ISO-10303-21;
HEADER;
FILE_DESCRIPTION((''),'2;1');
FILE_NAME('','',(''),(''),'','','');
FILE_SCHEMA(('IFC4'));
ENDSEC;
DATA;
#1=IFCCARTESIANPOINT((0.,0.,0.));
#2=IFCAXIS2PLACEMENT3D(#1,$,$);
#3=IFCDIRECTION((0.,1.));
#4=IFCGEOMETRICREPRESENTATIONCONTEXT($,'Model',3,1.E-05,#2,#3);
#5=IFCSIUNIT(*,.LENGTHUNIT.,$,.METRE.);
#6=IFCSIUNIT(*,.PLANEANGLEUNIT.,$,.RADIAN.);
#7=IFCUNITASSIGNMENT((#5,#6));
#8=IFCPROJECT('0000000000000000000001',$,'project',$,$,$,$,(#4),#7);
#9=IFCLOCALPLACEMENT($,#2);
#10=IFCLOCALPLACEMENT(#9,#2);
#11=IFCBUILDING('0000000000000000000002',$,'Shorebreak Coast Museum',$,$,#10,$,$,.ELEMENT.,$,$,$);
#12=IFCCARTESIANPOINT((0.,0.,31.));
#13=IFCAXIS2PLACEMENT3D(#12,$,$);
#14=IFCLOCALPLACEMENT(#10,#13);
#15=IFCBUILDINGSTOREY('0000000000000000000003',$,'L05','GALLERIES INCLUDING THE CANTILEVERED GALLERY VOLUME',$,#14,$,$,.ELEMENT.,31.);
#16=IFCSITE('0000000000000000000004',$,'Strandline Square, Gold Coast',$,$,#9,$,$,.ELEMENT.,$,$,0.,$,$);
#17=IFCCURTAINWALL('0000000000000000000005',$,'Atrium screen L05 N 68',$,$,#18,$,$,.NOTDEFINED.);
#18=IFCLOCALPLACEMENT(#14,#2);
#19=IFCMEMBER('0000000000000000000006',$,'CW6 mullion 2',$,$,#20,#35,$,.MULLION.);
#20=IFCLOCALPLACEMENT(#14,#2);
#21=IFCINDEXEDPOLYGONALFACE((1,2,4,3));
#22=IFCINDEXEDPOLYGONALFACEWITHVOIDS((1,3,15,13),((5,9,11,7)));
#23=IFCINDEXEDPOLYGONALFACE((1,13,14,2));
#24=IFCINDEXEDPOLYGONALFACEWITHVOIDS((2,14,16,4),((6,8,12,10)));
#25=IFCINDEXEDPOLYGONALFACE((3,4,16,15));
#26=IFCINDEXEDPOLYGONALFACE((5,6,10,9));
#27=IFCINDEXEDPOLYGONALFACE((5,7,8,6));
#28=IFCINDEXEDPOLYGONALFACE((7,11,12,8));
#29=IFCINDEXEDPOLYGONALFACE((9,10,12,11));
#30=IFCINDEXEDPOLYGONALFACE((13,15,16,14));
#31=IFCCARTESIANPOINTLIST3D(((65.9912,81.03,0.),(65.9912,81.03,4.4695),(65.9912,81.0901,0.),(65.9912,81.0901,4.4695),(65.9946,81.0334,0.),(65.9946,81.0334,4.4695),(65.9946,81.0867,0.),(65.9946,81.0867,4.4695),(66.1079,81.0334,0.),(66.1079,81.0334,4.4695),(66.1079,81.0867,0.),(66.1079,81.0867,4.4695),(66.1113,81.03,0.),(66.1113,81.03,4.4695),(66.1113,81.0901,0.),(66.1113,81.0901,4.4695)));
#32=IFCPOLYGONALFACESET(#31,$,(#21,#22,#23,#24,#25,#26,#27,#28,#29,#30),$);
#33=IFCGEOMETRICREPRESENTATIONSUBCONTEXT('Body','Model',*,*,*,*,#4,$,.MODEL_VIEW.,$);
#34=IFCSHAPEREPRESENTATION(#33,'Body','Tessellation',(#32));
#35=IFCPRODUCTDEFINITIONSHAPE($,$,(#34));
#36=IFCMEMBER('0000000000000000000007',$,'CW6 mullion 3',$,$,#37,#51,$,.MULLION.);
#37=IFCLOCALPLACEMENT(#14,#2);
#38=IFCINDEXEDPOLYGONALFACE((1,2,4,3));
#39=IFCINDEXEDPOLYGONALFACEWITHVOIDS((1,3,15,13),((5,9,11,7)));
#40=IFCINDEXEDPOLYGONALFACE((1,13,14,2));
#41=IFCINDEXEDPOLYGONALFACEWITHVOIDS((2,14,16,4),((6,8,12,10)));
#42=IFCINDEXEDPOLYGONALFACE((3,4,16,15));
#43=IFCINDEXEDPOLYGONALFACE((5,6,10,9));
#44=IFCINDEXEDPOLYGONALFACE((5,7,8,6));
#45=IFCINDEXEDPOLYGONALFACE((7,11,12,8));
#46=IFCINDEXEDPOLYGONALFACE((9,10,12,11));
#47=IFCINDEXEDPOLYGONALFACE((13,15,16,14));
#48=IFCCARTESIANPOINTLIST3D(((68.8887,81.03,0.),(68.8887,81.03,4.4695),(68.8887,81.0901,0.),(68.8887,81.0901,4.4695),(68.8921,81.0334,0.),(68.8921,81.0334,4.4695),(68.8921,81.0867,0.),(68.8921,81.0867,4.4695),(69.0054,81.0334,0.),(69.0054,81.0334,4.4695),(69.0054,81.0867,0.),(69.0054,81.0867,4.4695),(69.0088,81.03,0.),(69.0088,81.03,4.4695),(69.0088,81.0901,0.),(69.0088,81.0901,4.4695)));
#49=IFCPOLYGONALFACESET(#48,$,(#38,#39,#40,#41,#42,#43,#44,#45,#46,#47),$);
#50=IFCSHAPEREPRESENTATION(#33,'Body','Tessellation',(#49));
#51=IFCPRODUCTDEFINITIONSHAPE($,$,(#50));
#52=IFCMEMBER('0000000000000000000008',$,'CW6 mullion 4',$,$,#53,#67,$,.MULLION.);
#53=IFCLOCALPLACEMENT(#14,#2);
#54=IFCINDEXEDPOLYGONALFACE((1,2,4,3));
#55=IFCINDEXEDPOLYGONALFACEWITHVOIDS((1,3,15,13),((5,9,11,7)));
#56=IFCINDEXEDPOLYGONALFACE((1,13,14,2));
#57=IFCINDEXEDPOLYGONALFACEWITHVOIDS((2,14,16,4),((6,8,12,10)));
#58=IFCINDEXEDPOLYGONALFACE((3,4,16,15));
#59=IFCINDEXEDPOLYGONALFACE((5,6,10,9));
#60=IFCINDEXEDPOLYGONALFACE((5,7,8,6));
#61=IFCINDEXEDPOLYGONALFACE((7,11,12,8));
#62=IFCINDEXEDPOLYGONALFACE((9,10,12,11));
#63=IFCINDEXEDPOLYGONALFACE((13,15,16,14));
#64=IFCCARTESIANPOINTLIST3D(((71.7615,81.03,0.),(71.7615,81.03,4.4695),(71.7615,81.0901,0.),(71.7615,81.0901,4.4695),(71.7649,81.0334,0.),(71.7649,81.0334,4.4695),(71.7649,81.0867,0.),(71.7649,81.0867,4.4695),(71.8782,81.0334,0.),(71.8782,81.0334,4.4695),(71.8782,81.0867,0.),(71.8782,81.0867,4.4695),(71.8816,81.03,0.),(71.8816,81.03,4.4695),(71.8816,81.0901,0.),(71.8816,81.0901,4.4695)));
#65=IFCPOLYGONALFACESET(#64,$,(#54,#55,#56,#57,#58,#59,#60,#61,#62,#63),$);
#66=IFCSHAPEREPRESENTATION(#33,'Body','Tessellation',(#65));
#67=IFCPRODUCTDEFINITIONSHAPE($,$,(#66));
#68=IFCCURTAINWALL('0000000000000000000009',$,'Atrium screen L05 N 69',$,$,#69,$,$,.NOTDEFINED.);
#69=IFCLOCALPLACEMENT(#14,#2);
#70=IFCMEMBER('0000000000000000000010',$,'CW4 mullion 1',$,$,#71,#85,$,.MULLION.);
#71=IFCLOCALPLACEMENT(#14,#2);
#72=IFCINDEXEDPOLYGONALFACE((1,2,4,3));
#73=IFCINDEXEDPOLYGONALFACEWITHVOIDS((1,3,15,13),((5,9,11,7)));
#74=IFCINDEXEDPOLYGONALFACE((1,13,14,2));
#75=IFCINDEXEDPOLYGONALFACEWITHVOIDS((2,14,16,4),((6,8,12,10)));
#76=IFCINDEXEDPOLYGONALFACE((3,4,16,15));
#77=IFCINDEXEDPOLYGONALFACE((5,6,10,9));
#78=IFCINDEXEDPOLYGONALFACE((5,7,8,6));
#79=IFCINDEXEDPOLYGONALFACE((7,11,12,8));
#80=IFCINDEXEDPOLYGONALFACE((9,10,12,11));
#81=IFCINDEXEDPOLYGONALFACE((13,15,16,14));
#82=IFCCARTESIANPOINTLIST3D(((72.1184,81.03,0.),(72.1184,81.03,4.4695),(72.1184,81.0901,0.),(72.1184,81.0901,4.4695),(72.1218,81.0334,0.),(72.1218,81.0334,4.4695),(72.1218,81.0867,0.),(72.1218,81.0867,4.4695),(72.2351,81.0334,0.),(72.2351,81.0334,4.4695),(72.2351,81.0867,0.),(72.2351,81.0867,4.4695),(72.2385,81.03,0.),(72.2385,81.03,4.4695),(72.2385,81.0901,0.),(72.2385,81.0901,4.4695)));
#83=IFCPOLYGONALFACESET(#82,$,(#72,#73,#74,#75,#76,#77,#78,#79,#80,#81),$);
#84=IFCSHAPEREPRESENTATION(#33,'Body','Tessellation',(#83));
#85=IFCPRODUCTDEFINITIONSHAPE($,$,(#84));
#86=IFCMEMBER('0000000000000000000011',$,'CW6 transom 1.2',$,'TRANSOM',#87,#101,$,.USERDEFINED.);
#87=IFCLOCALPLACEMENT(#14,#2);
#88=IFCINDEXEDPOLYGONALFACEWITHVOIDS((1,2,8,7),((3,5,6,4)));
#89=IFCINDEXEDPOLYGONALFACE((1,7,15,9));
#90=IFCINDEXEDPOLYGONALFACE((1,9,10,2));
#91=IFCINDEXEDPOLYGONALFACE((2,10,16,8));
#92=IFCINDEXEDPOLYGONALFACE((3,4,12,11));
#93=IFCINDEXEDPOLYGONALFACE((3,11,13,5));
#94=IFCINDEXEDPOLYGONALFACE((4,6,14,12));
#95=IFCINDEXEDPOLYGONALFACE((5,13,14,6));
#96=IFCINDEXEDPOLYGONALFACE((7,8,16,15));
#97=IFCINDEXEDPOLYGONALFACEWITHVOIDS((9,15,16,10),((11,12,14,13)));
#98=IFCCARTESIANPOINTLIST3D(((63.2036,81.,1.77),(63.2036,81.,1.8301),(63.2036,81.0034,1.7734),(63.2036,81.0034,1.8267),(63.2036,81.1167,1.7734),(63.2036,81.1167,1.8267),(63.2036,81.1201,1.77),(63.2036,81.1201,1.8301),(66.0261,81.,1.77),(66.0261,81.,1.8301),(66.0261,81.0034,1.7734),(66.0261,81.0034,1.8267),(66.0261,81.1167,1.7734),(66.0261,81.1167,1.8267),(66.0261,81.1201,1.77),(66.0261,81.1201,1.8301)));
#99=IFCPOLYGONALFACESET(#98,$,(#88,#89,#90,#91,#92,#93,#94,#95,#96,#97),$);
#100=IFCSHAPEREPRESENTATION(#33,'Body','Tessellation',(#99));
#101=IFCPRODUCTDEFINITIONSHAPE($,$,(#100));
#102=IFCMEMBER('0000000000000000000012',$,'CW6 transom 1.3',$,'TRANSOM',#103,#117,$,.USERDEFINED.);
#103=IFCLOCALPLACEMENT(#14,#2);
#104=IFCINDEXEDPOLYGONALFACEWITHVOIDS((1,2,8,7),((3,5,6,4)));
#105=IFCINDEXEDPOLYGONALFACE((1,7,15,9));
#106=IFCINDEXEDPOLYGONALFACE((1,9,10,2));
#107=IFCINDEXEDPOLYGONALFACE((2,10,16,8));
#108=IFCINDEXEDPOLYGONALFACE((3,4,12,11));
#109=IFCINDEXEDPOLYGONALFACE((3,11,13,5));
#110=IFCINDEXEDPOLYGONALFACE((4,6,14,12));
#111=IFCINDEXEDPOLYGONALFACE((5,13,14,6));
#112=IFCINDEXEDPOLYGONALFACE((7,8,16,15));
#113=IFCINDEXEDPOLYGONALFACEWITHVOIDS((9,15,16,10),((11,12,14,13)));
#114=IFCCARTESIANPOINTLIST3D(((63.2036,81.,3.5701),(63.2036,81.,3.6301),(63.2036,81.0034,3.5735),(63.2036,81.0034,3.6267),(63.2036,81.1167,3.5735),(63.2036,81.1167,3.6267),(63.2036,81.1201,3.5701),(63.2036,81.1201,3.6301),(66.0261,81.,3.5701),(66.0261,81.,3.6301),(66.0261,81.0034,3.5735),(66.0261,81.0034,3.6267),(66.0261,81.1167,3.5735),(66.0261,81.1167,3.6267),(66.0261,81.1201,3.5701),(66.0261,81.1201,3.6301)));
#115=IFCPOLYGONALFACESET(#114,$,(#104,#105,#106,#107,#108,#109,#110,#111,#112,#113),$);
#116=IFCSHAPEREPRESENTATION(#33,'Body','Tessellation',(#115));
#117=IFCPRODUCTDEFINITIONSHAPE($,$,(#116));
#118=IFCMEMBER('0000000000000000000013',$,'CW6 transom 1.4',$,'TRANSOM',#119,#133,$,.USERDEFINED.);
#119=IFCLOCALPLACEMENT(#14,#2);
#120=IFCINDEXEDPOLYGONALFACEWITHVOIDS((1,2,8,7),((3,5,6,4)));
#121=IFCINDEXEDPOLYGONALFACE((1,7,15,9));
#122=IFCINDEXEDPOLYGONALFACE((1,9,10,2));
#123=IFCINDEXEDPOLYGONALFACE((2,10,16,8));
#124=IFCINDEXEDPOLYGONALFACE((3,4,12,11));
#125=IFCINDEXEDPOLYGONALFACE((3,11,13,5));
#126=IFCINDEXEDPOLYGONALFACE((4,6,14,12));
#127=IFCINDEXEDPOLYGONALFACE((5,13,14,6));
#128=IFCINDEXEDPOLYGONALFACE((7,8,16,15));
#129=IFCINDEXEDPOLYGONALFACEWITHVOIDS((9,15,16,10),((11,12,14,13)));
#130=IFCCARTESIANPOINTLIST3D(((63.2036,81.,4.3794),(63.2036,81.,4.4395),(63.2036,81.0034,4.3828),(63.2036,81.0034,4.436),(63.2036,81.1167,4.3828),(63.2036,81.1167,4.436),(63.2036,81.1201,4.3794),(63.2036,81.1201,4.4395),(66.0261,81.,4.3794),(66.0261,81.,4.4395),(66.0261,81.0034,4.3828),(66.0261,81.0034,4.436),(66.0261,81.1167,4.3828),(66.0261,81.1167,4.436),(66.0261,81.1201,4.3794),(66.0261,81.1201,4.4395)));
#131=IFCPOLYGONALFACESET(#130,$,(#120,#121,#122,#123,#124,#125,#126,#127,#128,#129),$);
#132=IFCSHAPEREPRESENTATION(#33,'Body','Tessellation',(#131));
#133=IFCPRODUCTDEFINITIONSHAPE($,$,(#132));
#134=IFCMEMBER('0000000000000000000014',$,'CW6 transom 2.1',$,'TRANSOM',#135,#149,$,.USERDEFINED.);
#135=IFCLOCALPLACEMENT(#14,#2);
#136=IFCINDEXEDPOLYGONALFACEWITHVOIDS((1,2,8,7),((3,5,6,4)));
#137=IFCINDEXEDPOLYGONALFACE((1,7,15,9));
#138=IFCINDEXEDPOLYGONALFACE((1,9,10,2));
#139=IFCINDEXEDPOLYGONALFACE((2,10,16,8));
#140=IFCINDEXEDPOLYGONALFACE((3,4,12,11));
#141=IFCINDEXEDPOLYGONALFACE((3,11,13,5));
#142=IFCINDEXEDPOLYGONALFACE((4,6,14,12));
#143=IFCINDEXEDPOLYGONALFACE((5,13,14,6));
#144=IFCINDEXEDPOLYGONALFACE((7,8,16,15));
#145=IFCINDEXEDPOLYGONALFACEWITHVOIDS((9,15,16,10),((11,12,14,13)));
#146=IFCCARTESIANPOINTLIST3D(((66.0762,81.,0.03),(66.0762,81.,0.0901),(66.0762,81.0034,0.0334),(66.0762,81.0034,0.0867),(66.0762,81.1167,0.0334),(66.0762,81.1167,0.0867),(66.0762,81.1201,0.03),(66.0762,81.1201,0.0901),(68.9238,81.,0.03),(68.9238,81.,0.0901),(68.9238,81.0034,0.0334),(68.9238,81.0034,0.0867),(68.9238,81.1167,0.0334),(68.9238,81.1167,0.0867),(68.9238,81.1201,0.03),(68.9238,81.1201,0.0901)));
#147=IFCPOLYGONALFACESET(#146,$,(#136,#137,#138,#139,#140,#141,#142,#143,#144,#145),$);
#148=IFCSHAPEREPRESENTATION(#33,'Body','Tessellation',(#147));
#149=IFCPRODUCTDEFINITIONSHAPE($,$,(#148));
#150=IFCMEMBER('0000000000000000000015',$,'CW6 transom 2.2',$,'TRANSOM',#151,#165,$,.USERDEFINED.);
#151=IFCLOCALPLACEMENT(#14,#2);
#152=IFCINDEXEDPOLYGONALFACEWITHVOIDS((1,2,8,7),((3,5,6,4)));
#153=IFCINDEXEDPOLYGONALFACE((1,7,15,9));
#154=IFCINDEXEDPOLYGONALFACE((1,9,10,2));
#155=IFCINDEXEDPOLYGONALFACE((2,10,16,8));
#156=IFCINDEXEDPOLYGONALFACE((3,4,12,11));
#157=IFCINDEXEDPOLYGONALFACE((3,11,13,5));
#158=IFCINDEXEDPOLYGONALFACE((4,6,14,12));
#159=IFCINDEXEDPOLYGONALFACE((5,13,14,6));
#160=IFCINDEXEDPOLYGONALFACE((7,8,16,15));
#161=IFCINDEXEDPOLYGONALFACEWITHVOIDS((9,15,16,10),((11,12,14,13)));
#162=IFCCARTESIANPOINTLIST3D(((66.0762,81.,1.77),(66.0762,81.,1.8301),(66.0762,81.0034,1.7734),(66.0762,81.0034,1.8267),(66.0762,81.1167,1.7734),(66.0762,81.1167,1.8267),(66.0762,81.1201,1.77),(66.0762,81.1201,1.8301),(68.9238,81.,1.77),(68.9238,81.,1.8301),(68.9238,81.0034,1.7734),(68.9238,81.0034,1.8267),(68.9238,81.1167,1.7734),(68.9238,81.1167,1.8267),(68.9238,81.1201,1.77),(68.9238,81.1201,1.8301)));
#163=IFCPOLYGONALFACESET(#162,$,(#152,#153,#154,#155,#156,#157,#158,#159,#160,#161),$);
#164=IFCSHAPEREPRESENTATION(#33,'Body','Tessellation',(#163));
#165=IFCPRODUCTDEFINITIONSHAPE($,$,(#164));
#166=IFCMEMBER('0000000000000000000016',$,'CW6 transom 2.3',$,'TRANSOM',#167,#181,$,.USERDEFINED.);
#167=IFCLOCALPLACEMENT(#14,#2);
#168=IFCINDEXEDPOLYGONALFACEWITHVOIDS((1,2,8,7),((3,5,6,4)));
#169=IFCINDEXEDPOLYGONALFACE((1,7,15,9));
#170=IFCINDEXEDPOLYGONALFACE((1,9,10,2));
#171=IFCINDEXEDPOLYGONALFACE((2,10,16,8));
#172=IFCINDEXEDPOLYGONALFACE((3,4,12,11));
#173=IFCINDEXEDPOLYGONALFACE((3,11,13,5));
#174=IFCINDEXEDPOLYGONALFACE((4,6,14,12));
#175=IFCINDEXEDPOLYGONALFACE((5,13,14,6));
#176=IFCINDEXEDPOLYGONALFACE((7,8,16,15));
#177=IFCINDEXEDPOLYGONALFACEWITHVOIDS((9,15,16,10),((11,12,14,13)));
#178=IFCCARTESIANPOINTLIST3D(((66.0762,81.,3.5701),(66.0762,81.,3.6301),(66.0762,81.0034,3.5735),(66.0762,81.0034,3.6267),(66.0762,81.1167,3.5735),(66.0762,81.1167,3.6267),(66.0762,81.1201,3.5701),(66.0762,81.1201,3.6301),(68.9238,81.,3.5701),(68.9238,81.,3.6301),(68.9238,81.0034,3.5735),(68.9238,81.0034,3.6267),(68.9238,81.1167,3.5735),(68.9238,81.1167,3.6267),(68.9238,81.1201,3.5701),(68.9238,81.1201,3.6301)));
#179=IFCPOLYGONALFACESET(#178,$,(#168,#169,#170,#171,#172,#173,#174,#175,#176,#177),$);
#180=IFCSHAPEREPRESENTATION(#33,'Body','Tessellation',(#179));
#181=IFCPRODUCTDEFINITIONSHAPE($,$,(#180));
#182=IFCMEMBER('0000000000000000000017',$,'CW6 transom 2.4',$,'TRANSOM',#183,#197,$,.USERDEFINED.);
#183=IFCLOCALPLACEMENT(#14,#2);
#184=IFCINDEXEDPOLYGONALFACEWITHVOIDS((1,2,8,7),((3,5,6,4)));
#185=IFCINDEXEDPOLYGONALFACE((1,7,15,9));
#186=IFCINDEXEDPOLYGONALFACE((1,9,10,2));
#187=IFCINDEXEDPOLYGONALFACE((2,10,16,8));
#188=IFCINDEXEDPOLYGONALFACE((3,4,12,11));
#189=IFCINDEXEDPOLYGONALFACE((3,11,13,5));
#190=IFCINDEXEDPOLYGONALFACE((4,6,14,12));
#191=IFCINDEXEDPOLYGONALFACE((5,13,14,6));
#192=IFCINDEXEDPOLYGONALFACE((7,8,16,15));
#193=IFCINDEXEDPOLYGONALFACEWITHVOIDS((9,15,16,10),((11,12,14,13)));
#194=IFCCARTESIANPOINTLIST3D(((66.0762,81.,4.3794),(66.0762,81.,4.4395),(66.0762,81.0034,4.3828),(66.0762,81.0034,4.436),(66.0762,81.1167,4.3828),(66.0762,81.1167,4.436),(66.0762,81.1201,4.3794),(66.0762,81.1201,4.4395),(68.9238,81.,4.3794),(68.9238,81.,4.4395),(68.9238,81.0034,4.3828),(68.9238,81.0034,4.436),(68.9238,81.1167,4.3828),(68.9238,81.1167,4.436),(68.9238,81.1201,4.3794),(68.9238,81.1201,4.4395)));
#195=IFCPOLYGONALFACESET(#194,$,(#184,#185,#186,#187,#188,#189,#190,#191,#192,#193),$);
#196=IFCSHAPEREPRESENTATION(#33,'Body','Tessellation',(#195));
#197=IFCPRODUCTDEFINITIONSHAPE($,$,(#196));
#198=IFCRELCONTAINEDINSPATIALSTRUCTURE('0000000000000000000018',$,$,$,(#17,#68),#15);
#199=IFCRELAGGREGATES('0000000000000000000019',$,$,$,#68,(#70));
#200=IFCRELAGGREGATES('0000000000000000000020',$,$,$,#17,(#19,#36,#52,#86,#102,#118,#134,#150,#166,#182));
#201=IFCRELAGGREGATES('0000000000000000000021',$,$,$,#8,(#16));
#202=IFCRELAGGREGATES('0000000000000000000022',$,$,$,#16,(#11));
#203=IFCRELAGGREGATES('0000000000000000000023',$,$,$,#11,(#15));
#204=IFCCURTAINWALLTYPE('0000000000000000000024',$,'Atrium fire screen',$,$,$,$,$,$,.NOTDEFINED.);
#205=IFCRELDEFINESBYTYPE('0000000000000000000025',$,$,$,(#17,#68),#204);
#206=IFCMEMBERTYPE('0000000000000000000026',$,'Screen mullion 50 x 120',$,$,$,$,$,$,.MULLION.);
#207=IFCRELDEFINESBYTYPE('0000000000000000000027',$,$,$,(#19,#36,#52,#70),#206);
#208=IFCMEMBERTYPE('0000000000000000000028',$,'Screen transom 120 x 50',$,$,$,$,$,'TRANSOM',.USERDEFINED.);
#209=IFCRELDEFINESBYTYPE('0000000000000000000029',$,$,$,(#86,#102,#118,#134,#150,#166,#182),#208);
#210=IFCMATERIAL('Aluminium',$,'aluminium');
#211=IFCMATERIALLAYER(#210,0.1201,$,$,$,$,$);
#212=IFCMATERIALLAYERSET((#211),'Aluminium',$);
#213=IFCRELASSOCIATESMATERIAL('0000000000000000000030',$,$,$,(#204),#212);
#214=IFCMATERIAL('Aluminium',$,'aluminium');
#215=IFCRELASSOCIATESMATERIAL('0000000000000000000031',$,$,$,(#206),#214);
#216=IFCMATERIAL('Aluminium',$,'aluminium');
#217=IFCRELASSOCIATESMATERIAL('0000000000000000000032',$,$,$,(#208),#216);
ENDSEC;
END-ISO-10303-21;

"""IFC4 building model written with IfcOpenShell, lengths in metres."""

from ifc_helpers import new_model, si_unit, direction, frame, origin, origin_2d, place, context, subcontext, project, spatial, hollow_rectangle, extrude, material, layer, layer_set, material_profile, profile_set, type_object, element, aggregate, save


model = new_model("IFC4")

# Units and contexts
model_context = context("Model", 3, precision=1e-05, world=origin(), true_north=direction((0.0, 1.0)))
body_context = subcontext(model_context, "Body", "Model", "MODEL_VIEW")
ifc_project = project(units=[si_unit("LENGTHUNIT", "METRE"), si_unit("PLANEANGLEUNIT", "RADIAN")], contexts=[model_context])

# Site, building, storey
site_placement = place(None, origin())
site = spatial("IfcSite", under=ifc_project, at=site_placement, Name="Strandline Square, Gold Coast", CompositionType="ELEMENT", RefElevation=0.0)
building_placement = place(site_placement, origin())
building = spatial("IfcBuilding", under=site, at=building_placement, Name="Shorebreak Coast Museum", CompositionType="ELEMENT")
storey_placement = place(building_placement, frame((0.0, 0.0, 31.0)))
storey = spatial("IfcBuildingStorey", under=building, at=storey_placement, Name="L05", Description="GALLERIES INCLUDING THE CANTILEVERED GALLERY VOLUME", CompositionType="ELEMENT", Elevation=31.0)

# Curtain wall, members
ifc_material_1 = material(Name="Aluminium", Category="aluminium")
ifc_layer_1 = layer(ifc_material_1, 0.1201)
ifc_layer_set_1 = layer_set([ifc_layer_1], Name="Aluminium")
curtain_wall_type = type_object("IfcCurtainWallType", Name="Atrium fire screen", PredefinedType="NOTDEFINED", material=ifc_layer_set_1)
curtain_wall_1_placement = place(storey_placement, origin())
curtain_wall_1 = element("IfcCurtainWall", 1, at=curtain_wall_1_placement, inside=storey, type_object=curtain_wall_type, Name="Atrium screen L05 N 68", PredefinedType="NOTDEFINED")
ifc_material_2 = material(Name="Aluminium", Category="aluminium")
ifc_material_profile_1 = material_profile(ifc_material_2, hollow_rectangle(XDim=0.0601, YDim=0.1201, WallThickness=0.0034, at=origin_2d()), Name="AL 120x60 RHS")
ifc_profile_set_1 = profile_set([ifc_material_profile_1], Name="Aluminium")
member_type_1 = type_object("IfcMemberType", Name="Screen mullion 50 x 120", PredefinedType="MULLION", material=ifc_profile_set_1)
member_1_placement = place(storey_placement, frame((66.0513, 81.0601, 0.0), z_axis=(0.0, 0.0, 1.0), x_axis=(0.0, 1.0, 0.0)))
member_1 = element("IfcMember", 2, at=member_1_placement, type_object=member_type_1, Name="CW6 mullion 2", PredefinedType="MULLION", context=body_context, shape_type="SweptSolid", body=[
    extrude(hollow_rectangle(XDim=0.0601, YDim=0.1201, WallThickness=0.0034, at=origin_2d()), origin(), (0.0, 0.0, 1.0), 4.4695),
])
member_2_placement = place(storey_placement, frame((68.9487, 81.0601, 0.0), z_axis=(0.0, 0.0, 1.0), x_axis=(0.0, 1.0, 0.0)))
member_2 = element("IfcMember", 3, at=member_2_placement, type_object=member_type_1, Name="CW6 mullion 3", PredefinedType="MULLION", context=body_context, shape_type="SweptSolid", body=[
    extrude(hollow_rectangle(XDim=0.0601, YDim=0.1201, WallThickness=0.0034, at=origin_2d()), origin(), (0.0, 0.0, 1.0), 4.4695),
])
member_3_placement = place(storey_placement, frame((71.8215, 81.0601, 0.0), z_axis=(0.0, 0.0, 1.0), x_axis=(0.0, 1.0, 0.0)))
member_3 = element("IfcMember", 4, at=member_3_placement, type_object=member_type_1, Name="CW6 mullion 4", PredefinedType="MULLION", context=body_context, shape_type="SweptSolid", body=[
    extrude(hollow_rectangle(XDim=0.0601, YDim=0.1201, WallThickness=0.0034, at=origin_2d()), origin(), (0.0, 0.0, 1.0), 4.4695),
])

# Curtain wall, member
curtain_wall_2_placement = place(storey_placement, origin())
curtain_wall_2 = element("IfcCurtainWall", 5, at=curtain_wall_2_placement, inside=storey, type_object=curtain_wall_type, Name="Atrium screen L05 N 69", PredefinedType="NOTDEFINED")
member_4_placement = place(storey_placement, frame((72.1785, 81.0601, 0.0), z_axis=(0.0, 0.0, 1.0), x_axis=(0.0, 1.0, 0.0)))
member_4 = element("IfcMember", 6, at=member_4_placement, type_object=member_type_1, Name="CW4 mullion 1", PredefinedType="MULLION", context=body_context, shape_type="SweptSolid", body=[
    extrude(hollow_rectangle(XDim=0.0601, YDim=0.1201, WallThickness=0.0034, at=origin_2d()), origin(), (0.0, 0.0, 1.0), 4.4695),
])

# Members
ifc_material_3 = material(Name="Aluminium", Category="aluminium")
ifc_material_profile_2 = material_profile(ifc_material_3, hollow_rectangle(XDim=0.1201, YDim=0.0601, WallThickness=0.0034, at=origin_2d()), Name="AL 60x120 RHS")
ifc_profile_set_2 = profile_set([ifc_material_profile_2], Name="Aluminium")
member_type_2 = type_object("IfcMemberType", Name="Screen transom 120 x 50", ElementType="TRANSOM", PredefinedType="USERDEFINED", material=ifc_profile_set_2)
member_5_placement = place(storey_placement, frame((63.2036, 81.0601, 1.8), z_axis=(1.0, 0.0, 0.0), x_axis=(0.0, 1.0, 0.0)))
member_5 = element("IfcMember", 7, at=member_5_placement, type_object=member_type_2, Name="CW6 transom 1.2", ObjectType="TRANSOM", PredefinedType="USERDEFINED", context=body_context, shape_type="SweptSolid", body=[
    extrude(hollow_rectangle(XDim=0.1201, YDim=0.0601, WallThickness=0.0034, at=origin_2d()), origin(), (0.0, 0.0, 1.0), 2.8225),
])
member_6_placement = place(storey_placement, frame((63.2036, 81.0601, 3.6001), z_axis=(1.0, 0.0, 0.0), x_axis=(0.0, 1.0, 0.0)))
member_6 = element("IfcMember", 8, at=member_6_placement, type_object=member_type_2, Name="CW6 transom 1.3", ObjectType="TRANSOM", PredefinedType="USERDEFINED", context=body_context, shape_type="SweptSolid", body=[
    extrude(hollow_rectangle(XDim=0.1201, YDim=0.0601, WallThickness=0.0034, at=origin_2d()), origin(), (0.0, 0.0, 1.0), 2.8225),
])
member_7_placement = place(storey_placement, frame((63.2036, 81.0601, 4.4094), z_axis=(1.0, 0.0, 0.0), x_axis=(0.0, 1.0, 0.0)))
member_7 = element("IfcMember", 9, at=member_7_placement, type_object=member_type_2, Name="CW6 transom 1.4", ObjectType="TRANSOM", PredefinedType="USERDEFINED", context=body_context, shape_type="SweptSolid", body=[
    extrude(hollow_rectangle(XDim=0.1201, YDim=0.0601, WallThickness=0.0034, at=origin_2d()), origin(), (0.0, 0.0, 1.0), 2.8225),
])
member_8_placement = place(storey_placement, frame((66.0762, 81.0601, 0.0601), z_axis=(1.0, 0.0, 0.0), x_axis=(0.0, 1.0, 0.0)))
member_8 = element("IfcMember", 10, at=member_8_placement, type_object=member_type_2, Name="CW6 transom 2.1", ObjectType="TRANSOM", PredefinedType="USERDEFINED", context=body_context, shape_type="SweptSolid", body=[
    extrude(hollow_rectangle(XDim=0.1201, YDim=0.0601, WallThickness=0.0034, at=origin_2d()), origin(), (0.0, 0.0, 1.0), 2.8477),
])
member_9_placement = place(storey_placement, frame((66.0762, 81.0601, 1.8), z_axis=(1.0, 0.0, 0.0), x_axis=(0.0, 1.0, 0.0)))
member_9 = element("IfcMember", 11, at=member_9_placement, type_object=member_type_2, Name="CW6 transom 2.2", ObjectType="TRANSOM", PredefinedType="USERDEFINED", context=body_context, shape_type="SweptSolid", body=[
    extrude(hollow_rectangle(XDim=0.1201, YDim=0.0601, WallThickness=0.0034, at=origin_2d()), origin(), (0.0, 0.0, 1.0), 2.8477),
])
member_10_placement = place(storey_placement, frame((66.0762, 81.0601, 3.6001), z_axis=(1.0, 0.0, 0.0), x_axis=(0.0, 1.0, 0.0)))
member_10 = element("IfcMember", 12, at=member_10_placement, type_object=member_type_2, Name="CW6 transom 2.3", ObjectType="TRANSOM", PredefinedType="USERDEFINED", context=body_context, shape_type="SweptSolid", body=[
    extrude(hollow_rectangle(XDim=0.1201, YDim=0.0601, WallThickness=0.0034, at=origin_2d()), origin(), (0.0, 0.0, 1.0), 2.8477),
])
member_11_placement = place(storey_placement, frame((66.0762, 81.0601, 4.4094), z_axis=(1.0, 0.0, 0.0), x_axis=(0.0, 1.0, 0.0)))
member_11 = element("IfcMember", 13, at=member_11_placement, type_object=member_type_2, Name="CW6 transom 2.4", ObjectType="TRANSOM", PredefinedType="USERDEFINED", context=body_context, shape_type="SweptSolid", body=[
    extrude(hollow_rectangle(XDim=0.1201, YDim=0.0601, WallThickness=0.0034, at=origin_2d()), origin(), (0.0, 0.0, 1.0), 2.8477),
])
aggregate(curtain_wall_2, [member_4])

aggregate(curtain_wall_1, [member_1, member_2, member_3, member_5, member_6, member_7, member_8, member_9, member_10, member_11])

save(model, "model.ifc")
